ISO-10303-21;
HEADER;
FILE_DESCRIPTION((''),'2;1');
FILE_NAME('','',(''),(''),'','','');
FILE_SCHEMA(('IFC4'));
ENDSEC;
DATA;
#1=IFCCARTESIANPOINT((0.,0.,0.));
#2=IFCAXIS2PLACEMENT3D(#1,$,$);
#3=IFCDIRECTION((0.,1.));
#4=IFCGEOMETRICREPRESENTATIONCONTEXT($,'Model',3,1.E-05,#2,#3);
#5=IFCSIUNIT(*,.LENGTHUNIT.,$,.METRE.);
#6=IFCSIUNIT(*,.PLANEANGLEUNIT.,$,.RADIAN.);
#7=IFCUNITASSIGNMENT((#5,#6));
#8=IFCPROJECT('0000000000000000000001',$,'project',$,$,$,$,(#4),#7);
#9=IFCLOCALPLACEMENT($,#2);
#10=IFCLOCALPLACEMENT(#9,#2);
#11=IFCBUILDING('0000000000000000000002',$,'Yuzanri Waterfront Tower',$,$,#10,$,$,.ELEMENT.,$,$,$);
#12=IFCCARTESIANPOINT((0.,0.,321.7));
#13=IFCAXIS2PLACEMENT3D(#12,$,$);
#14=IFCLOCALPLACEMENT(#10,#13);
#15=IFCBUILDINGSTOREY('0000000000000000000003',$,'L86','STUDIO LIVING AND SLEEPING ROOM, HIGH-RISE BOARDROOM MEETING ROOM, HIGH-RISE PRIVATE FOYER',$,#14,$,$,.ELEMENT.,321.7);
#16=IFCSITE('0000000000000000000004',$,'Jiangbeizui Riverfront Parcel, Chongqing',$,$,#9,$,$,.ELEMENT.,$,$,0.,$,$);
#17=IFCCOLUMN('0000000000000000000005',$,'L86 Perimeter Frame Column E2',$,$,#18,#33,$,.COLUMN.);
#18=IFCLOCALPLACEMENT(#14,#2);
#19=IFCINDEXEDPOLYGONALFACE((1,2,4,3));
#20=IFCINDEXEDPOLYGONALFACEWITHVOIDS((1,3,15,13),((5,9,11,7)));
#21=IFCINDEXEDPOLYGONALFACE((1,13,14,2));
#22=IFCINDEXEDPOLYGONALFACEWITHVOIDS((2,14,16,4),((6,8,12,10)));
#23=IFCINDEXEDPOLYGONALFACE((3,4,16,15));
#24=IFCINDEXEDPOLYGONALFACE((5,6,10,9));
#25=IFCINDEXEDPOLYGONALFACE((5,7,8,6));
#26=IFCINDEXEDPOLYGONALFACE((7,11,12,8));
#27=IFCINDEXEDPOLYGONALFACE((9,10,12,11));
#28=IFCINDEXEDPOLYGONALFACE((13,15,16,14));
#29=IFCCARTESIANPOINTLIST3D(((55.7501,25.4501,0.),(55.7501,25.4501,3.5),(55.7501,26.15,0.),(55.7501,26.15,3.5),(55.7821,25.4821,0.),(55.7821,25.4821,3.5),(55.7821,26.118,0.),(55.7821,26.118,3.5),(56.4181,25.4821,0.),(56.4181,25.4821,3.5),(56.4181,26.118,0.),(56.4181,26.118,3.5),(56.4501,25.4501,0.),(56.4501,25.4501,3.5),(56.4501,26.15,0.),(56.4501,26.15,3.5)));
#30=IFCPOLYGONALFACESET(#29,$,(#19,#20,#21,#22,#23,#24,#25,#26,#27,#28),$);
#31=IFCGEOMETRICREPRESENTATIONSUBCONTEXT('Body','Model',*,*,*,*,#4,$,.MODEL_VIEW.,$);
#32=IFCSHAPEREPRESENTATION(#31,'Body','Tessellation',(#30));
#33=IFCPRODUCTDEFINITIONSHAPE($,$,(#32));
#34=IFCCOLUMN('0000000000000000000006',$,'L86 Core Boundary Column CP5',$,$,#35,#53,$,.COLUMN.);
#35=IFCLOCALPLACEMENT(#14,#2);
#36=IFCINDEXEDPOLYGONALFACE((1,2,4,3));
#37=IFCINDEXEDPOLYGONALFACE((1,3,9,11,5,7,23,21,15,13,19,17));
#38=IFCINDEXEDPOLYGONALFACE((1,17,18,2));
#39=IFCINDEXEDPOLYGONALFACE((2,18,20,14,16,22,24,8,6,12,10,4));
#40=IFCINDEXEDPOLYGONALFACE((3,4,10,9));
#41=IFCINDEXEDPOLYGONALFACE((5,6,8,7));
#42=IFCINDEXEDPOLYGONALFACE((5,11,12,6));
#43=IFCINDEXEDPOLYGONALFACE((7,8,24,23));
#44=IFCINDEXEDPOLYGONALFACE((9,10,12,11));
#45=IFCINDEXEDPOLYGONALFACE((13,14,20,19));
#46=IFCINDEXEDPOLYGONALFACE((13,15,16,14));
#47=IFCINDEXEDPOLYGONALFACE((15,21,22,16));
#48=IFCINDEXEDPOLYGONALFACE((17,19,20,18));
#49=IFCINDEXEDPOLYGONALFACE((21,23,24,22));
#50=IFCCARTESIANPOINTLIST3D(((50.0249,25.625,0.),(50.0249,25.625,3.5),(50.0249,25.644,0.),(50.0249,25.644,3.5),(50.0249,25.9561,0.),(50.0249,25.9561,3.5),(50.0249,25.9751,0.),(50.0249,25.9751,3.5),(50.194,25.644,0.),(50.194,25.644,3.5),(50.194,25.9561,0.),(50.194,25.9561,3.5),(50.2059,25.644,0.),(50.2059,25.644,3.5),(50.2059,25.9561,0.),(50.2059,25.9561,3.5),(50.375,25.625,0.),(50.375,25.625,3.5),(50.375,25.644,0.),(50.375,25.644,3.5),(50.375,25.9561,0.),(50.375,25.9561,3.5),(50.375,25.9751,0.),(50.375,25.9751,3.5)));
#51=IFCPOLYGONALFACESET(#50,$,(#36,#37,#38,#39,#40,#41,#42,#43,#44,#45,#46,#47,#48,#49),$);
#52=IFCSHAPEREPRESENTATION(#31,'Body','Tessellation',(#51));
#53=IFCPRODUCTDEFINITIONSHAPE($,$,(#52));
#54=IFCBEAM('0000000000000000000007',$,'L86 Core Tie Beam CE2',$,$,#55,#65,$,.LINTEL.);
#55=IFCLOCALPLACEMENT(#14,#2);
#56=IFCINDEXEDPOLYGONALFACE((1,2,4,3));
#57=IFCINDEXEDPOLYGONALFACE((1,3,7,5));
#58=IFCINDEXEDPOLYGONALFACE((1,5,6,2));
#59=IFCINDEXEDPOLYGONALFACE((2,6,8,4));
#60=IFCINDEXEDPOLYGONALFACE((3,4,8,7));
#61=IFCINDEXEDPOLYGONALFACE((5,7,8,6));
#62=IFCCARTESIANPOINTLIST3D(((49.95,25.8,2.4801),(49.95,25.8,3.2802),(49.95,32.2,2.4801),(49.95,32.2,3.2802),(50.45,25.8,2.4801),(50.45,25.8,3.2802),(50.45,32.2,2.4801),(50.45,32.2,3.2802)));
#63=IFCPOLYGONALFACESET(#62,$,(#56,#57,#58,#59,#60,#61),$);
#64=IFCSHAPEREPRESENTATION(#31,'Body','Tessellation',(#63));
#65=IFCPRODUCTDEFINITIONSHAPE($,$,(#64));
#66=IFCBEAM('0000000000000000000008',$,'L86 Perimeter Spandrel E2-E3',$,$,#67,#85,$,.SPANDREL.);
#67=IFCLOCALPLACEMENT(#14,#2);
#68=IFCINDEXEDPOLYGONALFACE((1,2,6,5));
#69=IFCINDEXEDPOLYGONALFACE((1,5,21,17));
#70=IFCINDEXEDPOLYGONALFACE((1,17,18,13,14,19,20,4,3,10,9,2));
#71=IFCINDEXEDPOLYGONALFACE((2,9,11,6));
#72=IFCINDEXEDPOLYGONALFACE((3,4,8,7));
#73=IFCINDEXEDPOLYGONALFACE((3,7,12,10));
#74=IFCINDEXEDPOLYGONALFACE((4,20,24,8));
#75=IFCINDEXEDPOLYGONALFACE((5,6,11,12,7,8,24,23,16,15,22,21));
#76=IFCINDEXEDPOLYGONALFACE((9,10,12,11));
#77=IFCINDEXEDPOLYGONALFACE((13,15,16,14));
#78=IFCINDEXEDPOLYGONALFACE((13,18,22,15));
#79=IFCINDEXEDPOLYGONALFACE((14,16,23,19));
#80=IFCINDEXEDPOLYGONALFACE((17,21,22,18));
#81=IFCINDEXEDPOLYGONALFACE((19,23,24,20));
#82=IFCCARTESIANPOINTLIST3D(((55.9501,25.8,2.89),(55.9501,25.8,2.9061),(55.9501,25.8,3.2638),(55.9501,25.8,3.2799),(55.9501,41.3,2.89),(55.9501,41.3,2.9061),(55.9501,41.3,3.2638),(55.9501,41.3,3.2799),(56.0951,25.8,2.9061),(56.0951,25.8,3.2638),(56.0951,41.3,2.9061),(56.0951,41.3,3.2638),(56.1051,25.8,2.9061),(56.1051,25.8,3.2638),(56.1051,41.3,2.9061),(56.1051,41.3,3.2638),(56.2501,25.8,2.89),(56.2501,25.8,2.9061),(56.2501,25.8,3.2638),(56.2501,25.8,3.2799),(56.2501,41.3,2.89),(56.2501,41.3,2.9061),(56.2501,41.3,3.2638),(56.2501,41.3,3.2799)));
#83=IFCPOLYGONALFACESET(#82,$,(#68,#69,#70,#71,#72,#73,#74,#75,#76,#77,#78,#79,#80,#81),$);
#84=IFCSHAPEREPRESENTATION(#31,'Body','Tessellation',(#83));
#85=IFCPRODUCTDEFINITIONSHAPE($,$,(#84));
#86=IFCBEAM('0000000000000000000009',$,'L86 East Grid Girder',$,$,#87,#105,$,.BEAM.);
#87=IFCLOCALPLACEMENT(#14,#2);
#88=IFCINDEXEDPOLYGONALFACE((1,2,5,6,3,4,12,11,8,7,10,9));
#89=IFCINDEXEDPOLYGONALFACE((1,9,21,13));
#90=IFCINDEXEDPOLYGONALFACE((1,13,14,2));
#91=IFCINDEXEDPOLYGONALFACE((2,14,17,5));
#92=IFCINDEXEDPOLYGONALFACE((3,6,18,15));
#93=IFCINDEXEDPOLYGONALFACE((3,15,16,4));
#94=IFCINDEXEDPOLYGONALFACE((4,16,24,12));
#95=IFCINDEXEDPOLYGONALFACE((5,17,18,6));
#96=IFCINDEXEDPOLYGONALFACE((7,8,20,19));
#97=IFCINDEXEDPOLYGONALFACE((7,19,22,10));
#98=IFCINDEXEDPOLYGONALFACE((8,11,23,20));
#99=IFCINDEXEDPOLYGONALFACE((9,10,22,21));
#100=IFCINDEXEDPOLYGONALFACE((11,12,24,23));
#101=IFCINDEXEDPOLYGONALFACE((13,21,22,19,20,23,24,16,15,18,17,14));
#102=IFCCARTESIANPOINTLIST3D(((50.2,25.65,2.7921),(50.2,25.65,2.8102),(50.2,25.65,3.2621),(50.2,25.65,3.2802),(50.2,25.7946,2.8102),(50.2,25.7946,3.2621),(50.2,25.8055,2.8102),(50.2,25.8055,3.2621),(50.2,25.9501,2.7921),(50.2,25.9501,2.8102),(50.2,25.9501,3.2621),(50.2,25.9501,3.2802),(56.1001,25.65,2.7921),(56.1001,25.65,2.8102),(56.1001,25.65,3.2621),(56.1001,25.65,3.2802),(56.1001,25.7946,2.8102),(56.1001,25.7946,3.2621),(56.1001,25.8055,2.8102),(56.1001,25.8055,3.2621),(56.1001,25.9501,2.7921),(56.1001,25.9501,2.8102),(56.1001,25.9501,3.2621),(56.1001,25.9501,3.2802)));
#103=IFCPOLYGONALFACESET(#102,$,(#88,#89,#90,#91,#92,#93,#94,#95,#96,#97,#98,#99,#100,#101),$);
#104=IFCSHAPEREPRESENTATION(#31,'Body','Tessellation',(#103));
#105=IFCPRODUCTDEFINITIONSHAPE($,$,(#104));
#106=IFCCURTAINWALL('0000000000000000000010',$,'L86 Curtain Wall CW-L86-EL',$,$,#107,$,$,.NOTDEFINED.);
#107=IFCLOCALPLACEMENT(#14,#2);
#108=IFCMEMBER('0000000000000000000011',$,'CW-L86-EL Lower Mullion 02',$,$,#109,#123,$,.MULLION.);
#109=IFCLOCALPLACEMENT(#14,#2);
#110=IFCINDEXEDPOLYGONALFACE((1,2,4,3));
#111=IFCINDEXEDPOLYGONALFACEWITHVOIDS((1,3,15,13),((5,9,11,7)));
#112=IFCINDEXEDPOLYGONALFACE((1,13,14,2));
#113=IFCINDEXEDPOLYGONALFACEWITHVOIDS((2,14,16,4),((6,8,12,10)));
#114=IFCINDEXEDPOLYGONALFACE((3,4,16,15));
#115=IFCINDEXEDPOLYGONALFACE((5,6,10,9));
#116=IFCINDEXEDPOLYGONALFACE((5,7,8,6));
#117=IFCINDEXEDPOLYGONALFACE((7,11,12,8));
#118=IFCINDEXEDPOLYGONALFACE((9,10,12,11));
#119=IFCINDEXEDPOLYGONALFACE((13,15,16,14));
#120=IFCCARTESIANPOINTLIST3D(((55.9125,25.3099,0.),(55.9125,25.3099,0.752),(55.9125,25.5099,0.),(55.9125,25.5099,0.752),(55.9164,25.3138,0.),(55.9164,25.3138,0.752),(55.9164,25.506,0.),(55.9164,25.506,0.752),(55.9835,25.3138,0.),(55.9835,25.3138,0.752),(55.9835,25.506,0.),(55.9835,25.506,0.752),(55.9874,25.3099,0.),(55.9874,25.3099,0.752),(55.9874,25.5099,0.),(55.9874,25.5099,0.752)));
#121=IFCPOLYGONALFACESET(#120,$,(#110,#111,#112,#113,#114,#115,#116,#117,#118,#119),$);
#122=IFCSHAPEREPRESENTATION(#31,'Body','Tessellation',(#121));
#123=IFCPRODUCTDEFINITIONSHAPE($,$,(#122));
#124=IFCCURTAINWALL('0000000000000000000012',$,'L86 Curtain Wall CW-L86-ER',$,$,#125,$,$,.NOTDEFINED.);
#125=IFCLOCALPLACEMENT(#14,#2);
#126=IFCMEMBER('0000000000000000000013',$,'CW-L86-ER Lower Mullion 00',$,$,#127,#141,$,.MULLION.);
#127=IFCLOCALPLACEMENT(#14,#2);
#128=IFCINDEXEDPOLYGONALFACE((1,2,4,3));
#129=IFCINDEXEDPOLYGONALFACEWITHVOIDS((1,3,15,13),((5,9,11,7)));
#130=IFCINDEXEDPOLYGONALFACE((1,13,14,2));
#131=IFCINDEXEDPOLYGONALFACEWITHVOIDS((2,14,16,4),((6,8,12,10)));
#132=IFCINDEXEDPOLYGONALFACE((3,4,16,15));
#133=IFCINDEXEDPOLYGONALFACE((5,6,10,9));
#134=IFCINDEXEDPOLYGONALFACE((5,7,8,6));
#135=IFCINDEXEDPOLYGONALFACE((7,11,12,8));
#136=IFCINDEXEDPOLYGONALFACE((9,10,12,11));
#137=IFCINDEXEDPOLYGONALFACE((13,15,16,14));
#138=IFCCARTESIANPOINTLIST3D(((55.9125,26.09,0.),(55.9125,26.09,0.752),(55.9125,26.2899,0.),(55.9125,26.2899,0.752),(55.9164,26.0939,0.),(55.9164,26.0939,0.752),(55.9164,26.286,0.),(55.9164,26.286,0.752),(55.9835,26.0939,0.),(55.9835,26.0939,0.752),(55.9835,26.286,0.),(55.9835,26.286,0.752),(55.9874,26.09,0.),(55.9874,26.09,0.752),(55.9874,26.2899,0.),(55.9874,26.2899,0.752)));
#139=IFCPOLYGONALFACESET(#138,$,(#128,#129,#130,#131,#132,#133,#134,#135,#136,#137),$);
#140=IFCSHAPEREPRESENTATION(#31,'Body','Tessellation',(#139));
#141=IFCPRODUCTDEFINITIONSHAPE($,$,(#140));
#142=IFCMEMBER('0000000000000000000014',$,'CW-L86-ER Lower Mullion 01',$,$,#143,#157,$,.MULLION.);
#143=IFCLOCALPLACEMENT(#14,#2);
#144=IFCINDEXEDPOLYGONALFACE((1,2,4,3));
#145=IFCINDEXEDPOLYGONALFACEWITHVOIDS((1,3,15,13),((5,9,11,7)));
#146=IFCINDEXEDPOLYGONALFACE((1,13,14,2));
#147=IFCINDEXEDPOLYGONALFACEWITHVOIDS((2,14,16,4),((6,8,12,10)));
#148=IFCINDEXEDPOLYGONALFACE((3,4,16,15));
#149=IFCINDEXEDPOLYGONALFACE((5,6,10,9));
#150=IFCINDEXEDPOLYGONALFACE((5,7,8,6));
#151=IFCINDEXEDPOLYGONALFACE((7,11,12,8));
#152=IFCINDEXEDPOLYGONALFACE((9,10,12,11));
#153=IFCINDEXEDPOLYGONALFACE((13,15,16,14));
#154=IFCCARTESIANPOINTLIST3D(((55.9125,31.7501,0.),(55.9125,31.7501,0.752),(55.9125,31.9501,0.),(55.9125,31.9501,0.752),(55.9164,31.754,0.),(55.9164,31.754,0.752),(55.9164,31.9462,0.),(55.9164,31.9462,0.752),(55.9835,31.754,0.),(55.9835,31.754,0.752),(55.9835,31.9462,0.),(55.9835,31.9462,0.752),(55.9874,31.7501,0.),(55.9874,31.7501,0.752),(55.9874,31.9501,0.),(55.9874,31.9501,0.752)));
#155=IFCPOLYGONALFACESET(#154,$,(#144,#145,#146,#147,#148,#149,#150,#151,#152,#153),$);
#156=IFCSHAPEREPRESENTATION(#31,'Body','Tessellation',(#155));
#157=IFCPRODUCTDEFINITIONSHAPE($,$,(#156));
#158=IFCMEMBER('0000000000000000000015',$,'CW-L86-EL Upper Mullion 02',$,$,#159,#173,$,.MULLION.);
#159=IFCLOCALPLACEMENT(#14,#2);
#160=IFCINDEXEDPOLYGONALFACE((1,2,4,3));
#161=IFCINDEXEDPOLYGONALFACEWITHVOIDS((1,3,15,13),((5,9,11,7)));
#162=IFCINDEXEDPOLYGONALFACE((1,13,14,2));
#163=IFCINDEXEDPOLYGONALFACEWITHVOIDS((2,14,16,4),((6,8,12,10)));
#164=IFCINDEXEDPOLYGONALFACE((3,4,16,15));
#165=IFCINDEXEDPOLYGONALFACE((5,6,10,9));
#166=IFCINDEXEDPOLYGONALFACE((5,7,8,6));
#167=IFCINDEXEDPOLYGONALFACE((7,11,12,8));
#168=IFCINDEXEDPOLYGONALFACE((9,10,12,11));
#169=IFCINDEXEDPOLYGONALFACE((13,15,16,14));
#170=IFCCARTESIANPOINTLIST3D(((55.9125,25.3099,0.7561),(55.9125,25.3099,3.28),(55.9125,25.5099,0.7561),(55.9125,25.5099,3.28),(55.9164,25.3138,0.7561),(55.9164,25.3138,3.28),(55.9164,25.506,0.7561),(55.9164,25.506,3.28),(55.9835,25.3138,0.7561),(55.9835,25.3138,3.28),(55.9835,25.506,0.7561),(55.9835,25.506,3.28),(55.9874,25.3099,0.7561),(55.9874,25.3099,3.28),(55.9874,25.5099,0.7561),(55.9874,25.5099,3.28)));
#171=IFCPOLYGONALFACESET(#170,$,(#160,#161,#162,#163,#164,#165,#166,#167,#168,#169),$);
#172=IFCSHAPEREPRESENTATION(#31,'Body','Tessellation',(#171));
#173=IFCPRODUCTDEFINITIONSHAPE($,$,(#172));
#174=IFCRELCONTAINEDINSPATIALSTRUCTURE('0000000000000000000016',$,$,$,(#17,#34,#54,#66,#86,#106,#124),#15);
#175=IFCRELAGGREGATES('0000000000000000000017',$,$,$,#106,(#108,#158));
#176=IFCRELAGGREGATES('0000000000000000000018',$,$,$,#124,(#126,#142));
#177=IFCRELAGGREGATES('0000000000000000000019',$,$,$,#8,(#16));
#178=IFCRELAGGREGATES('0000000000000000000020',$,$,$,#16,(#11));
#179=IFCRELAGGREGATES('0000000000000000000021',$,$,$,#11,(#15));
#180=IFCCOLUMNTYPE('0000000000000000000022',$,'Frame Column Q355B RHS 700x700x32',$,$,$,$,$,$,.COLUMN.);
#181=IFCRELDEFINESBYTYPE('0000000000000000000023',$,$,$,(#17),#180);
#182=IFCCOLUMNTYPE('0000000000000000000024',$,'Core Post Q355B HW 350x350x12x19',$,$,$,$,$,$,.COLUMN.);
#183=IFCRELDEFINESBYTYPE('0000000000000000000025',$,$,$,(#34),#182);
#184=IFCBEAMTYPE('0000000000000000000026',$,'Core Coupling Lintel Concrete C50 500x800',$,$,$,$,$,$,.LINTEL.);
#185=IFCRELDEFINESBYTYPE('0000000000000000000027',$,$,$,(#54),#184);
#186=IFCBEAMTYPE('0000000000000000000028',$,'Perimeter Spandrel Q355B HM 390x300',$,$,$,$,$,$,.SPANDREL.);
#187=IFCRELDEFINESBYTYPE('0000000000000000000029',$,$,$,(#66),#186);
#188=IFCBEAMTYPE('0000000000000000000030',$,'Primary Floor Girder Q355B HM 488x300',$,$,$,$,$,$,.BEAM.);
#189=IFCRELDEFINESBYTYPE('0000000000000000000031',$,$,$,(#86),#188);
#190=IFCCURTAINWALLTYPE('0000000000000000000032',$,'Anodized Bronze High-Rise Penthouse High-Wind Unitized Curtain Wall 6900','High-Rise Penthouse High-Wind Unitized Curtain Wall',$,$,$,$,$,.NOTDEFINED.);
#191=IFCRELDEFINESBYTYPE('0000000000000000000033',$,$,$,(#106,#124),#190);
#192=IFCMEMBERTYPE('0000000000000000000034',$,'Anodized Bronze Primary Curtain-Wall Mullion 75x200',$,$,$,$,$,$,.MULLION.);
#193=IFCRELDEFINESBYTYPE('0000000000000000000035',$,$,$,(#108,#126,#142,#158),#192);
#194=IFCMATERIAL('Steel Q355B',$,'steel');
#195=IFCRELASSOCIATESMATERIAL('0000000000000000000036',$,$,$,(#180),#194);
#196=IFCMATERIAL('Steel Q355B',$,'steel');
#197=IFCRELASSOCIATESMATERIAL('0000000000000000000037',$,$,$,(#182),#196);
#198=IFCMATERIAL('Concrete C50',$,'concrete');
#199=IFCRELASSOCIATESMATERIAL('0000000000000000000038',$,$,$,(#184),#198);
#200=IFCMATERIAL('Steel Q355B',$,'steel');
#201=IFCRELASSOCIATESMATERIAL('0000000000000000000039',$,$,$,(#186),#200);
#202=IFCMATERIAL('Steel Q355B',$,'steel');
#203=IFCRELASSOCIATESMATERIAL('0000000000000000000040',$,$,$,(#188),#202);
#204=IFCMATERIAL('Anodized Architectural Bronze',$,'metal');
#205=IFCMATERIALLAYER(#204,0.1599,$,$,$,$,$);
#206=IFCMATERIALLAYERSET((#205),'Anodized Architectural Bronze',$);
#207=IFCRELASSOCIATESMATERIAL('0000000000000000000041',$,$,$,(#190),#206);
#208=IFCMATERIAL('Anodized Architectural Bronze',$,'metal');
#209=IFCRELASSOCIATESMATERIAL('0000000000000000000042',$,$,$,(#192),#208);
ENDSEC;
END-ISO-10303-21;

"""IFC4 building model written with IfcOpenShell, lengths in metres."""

from ifc_helpers import new_model, si_unit, direction, frame, origin, origin_2d, place, context, subcontext, project, spatial, rectangle, hollow_rectangle, i_section, extrude, source, transform, mapped, material, layer, layer_set, material_profile, profile_set, type_object, element, aggregate, save


model = new_model("IFC4")

# Units and contexts
model_context = context("Model", 3, precision=1e-05, world=origin(), true_north=direction((0.0, 1.0)))
body_context = subcontext(model_context, "Body", "Model", "MODEL_VIEW")
ifc_project = project(units=[si_unit("LENGTHUNIT", "METRE"), si_unit("PLANEANGLEUNIT", "RADIAN")], contexts=[model_context])

# Site, building, storey
site_placement = place(None, origin())
site = spatial("IfcSite", under=ifc_project, at=site_placement, Name="Jiangbeizui Riverfront Parcel, Chongqing", CompositionType="ELEMENT", RefElevation=0.0)
building_placement = place(site_placement, origin())
building = spatial("IfcBuilding", under=site, at=building_placement, Name="Yuzanri Waterfront Tower", CompositionType="ELEMENT")
storey_placement = place(building_placement, frame((0.0, 0.0, 321.7)))
storey = spatial("IfcBuildingStorey", under=building, at=storey_placement, Name="L86", Description="STUDIO LIVING AND SLEEPING ROOM, HIGH-RISE BOARDROOM MEETING ROOM, HIGH-RISE PRIVATE FOYER", CompositionType="ELEMENT", Elevation=321.7)

# Columns
ifc_material_1 = material(Name="Steel Q355B", Category="steel")
ifc_material_profile_1 = material_profile(ifc_material_1, hollow_rectangle(XDim=0.7, YDim=0.7, WallThickness=0.032, at=origin_2d()), Name="RHS 700x700x32")
ifc_profile_set_1 = profile_set([ifc_material_profile_1], Name="Steel Q355B")
column_type_1 = type_object("IfcColumnType", Name="Frame Column Q355B RHS 700x700x32", PredefinedType="COLUMN", material=ifc_profile_set_1)
shared_shape_1 = source(origin(), body_context, "Body", "SweptSolid", [
    extrude(hollow_rectangle(XDim=0.7, YDim=0.7, WallThickness=0.032, at=origin_2d()), origin(), (0.0, 0.0, 1.0), 3.5),
])
column_1_placement = place(storey_placement, frame((56.1001, 25.8, 0.0), z_axis=(0.0, 0.0, 1.0), x_axis=(1.0, 0.0, 0.0)))
element("IfcColumn", 1, at=column_1_placement, inside=storey, type_object=column_type_1, Name="L86 Perimeter Frame Column E2", PredefinedType="COLUMN", context=body_context, shape_type="MappedRepresentation", body=[
    mapped(shared_shape_1, transform((0.0, 0.0, 0.0), scale=1.0)),
])
ifc_material_2 = material(Name="Steel Q355B", Category="steel")
ifc_material_profile_2 = material_profile(ifc_material_2, i_section(OverallWidth=0.3501, OverallDepth=0.3501, WebThickness=0.012, FlangeThickness=0.019, at=origin_2d()), Name="HW 350x350x12x19")
ifc_profile_set_2 = profile_set([ifc_material_profile_2], Name="Steel Q355B")
column_type_2 = type_object("IfcColumnType", Name="Core Post Q355B HW 350x350x12x19", PredefinedType="COLUMN", material=ifc_profile_set_2)
shared_shape_2 = source(origin(), body_context, "Body", "SweptSolid", [
    extrude(i_section(OverallWidth=0.3501, OverallDepth=0.3501, WebThickness=0.012, FlangeThickness=0.019, at=origin_2d()), origin(), (0.0, 0.0, 1.0), 3.5),
])
column_2_placement = place(storey_placement, frame((50.2, 25.8, 0.0), z_axis=(0.0, 0.0, 1.0), x_axis=(1.0, 0.0, 0.0)))
element("IfcColumn", 2, at=column_2_placement, inside=storey, type_object=column_type_2, Name="L86 Core Boundary Column CP5", PredefinedType="COLUMN", context=body_context, shape_type="MappedRepresentation", body=[
    mapped(shared_shape_2, transform((0.0, 0.0, 0.0), scale=1.0)),
])

# Beams
ifc_material_3 = material(Name="Concrete C50", Category="concrete")
ifc_material_profile_3 = material_profile(ifc_material_3, rectangle(XDim=0.5, YDim=0.8, at=origin_2d()), Name="RC 500x800")
ifc_profile_set_3 = profile_set([ifc_material_profile_3], Name="Concrete C50")
beam_type_1 = type_object("IfcBeamType", Name="Core Coupling Lintel Concrete C50 500x800", PredefinedType="LINTEL", material=ifc_profile_set_3)
shared_shape_3 = source(origin(), body_context, "Body", "SweptSolid", [
    extrude(rectangle(XDim=0.5, YDim=0.8, at=origin_2d()), origin(), (0.0, 0.0, 1.0), 6.3999),
])
beam_1_placement = place(storey_placement, frame((50.2, 25.8, 2.8801), z_axis=(0.0, 1.0, 0.0), x_axis=(-1.0, 0.0, 0.0)))
element("IfcBeam", 3, at=beam_1_placement, inside=storey, type_object=beam_type_1, Name="L86 Core Tie Beam CE2", PredefinedType="LINTEL", context=body_context, shape_type="MappedRepresentation", body=[
    mapped(shared_shape_3, transform((0.0, 0.0, 0.0), scale=1.0)),
])
ifc_material_4 = material(Name="Steel Q355B", Category="steel")
ifc_material_profile_4 = material_profile(ifc_material_4, i_section(OverallWidth=0.3, OverallDepth=0.3899, WebThickness=0.01, FlangeThickness=0.0161, at=origin_2d()), Name="HM 390x300x10x16")
ifc_profile_set_4 = profile_set([ifc_material_profile_4], Name="Steel Q355B")
beam_type_2 = type_object("IfcBeamType", Name="Perimeter Spandrel Q355B HM 390x300", PredefinedType="SPANDREL", material=ifc_profile_set_4)
shared_shape_4 = source(origin(), body_context, "Body", "SweptSolid", [
    extrude(i_section(OverallWidth=0.3, OverallDepth=0.3899, WebThickness=0.01, FlangeThickness=0.0161, at=origin_2d()), origin(), (0.0, 0.0, 1.0), 15.5),
])
beam_2_placement = place(storey_placement, frame((56.1001, 25.8, 3.085), z_axis=(0.0, 1.0, 0.0), x_axis=(-1.0, 0.0, 0.0)))
element("IfcBeam", 4, at=beam_2_placement, inside=storey, type_object=beam_type_2, Name="L86 Perimeter Spandrel E2-E3", PredefinedType="SPANDREL", context=body_context, shape_type="MappedRepresentation", body=[
    mapped(shared_shape_4, transform((0.0, 0.0, 0.0), scale=1.0)),
])
ifc_material_5 = material(Name="Steel Q355B", Category="steel")
ifc_material_profile_5 = material_profile(ifc_material_5, i_section(OverallWidth=0.3, OverallDepth=0.488, WebThickness=0.011, FlangeThickness=0.0181, at=origin_2d()), Name="HM 488x300x11x18")
ifc_profile_set_5 = profile_set([ifc_material_profile_5], Name="Steel Q355B")
beam_type_3 = type_object("IfcBeamType", Name="Primary Floor Girder Q355B HM 488x300", PredefinedType="BEAM", material=ifc_profile_set_5)
shared_shape_5 = source(origin(), body_context, "Body", "SweptSolid", [
    extrude(i_section(OverallWidth=0.3, OverallDepth=0.488, WebThickness=0.011, FlangeThickness=0.0181, at=origin_2d()), origin(), (0.0, 0.0, 1.0), 5.9001),
])
beam_3_placement = place(storey_placement, frame((50.2, 25.8, 3.0361), z_axis=(1.0, 0.0, 0.0), x_axis=(0.0, 1.0, 0.0)))
element("IfcBeam", 5, at=beam_3_placement, inside=storey, type_object=beam_type_3, Name="L86 East Grid Girder", PredefinedType="BEAM", context=body_context, shape_type="MappedRepresentation", body=[
    mapped(shared_shape_5, transform((0.0, 0.0, 0.0), scale=1.0)),
])

# Curtain wall, member
ifc_material_6 = material(Name="Anodized Architectural Bronze", Category="metal")
ifc_layer_1 = layer(ifc_material_6, 0.1599)
ifc_layer_set_1 = layer_set([ifc_layer_1], Name="Anodized Architectural Bronze")
curtain_wall_type = type_object("IfcCurtainWallType", Name="Anodized Bronze High-Rise Penthouse High-Wind Unitized Curtain Wall 6900", Description="High-Rise Penthouse High-Wind Unitized Curtain Wall", PredefinedType="NOTDEFINED", material=ifc_layer_set_1)
curtain_wall_1_placement = place(storey_placement, origin())
curtain_wall_1 = element("IfcCurtainWall", 6, at=curtain_wall_1_placement, inside=storey, type_object=curtain_wall_type, Name="L86 Curtain Wall CW-L86-EL", PredefinedType="NOTDEFINED")
ifc_material_7 = material(Name="Anodized Architectural Bronze", Category="metal")
ifc_material_profile_6 = material_profile(ifc_material_7, hollow_rectangle(XDim=0.075, YDim=0.2, WallThickness=0.0039, at=origin_2d()), Name="CWM 75x200")
ifc_profile_set_6 = profile_set([ifc_material_profile_6], Name="Anodized Architectural Bronze")
member_type_1 = type_object("IfcMemberType", Name="Anodized Bronze Primary Curtain-Wall Mullion 75x200", PredefinedType="MULLION", material=ifc_profile_set_6)
shared_shape_6 = source(origin(), body_context, "Body", "SweptSolid", [
    extrude(hollow_rectangle(XDim=0.075, YDim=0.2, WallThickness=0.0039, at=origin_2d()), origin(), (0.0, 0.0, 1.0), 0.752),
])
member_1_placement = place(storey_placement, frame((55.95, 25.4099, 0.0), z_axis=(0.0, 0.0, 1.0), x_axis=(1.0, 0.0, 0.0)))
member_1 = element("IfcMember", 7, at=member_1_placement, type_object=member_type_1, Name="CW-L86-EL Lower Mullion 02", PredefinedType="MULLION", context=body_context, shape_type="MappedRepresentation", body=[
    mapped(shared_shape_6, transform((0.0, 0.0, 0.0), scale=1.0)),
])

# Curtain wall, members
curtain_wall_2_placement = place(storey_placement, origin())
curtain_wall_2 = element("IfcCurtainWall", 8, at=curtain_wall_2_placement, inside=storey, type_object=curtain_wall_type, Name="L86 Curtain Wall CW-L86-ER", PredefinedType="NOTDEFINED")
member_2_placement = place(storey_placement, frame((55.95, 26.1899, 0.0), z_axis=(0.0, 0.0, 1.0), x_axis=(1.0, 0.0, 0.0)))
member_2 = element("IfcMember", 9, at=member_2_placement, type_object=member_type_1, Name="CW-L86-ER Lower Mullion 00", PredefinedType="MULLION", context=body_context, shape_type="MappedRepresentation", body=[
    mapped(shared_shape_6, transform((0.0, 0.0, 0.0), scale=1.0)),
])
member_3_placement = place(storey_placement, frame((55.95, 31.8501, 0.0), z_axis=(0.0, 0.0, 1.0), x_axis=(1.0, 0.0, 0.0)))
member_3 = element("IfcMember", 10, at=member_3_placement, type_object=member_type_1, Name="CW-L86-ER Lower Mullion 01", PredefinedType="MULLION", context=body_context, shape_type="MappedRepresentation", body=[
    mapped(shared_shape_6, transform((0.0, 0.0, 0.0), scale=1.0)),
])

# Member
shared_shape_7 = source(origin(), body_context, "Body", "SweptSolid", [
    extrude(hollow_rectangle(XDim=0.075, YDim=0.2, WallThickness=0.0039, at=origin_2d()), origin(), (0.0, 0.0, 1.0), 2.5239),
])
member_4_placement = place(storey_placement, frame((55.95, 25.4099, 0.7561), z_axis=(0.0, 0.0, 1.0), x_axis=(1.0, 0.0, 0.0)))
member_4 = element("IfcMember", 11, at=member_4_placement, type_object=member_type_1, Name="CW-L86-EL Upper Mullion 02", PredefinedType="MULLION", context=body_context, shape_type="MappedRepresentation", body=[
    mapped(shared_shape_7, transform((0.0, 0.0, 0.0), scale=1.0)),
])
aggregate(curtain_wall_1, [member_1, member_4])

aggregate(curtain_wall_2, [member_2, member_3])

save(model, "model.ifc")
